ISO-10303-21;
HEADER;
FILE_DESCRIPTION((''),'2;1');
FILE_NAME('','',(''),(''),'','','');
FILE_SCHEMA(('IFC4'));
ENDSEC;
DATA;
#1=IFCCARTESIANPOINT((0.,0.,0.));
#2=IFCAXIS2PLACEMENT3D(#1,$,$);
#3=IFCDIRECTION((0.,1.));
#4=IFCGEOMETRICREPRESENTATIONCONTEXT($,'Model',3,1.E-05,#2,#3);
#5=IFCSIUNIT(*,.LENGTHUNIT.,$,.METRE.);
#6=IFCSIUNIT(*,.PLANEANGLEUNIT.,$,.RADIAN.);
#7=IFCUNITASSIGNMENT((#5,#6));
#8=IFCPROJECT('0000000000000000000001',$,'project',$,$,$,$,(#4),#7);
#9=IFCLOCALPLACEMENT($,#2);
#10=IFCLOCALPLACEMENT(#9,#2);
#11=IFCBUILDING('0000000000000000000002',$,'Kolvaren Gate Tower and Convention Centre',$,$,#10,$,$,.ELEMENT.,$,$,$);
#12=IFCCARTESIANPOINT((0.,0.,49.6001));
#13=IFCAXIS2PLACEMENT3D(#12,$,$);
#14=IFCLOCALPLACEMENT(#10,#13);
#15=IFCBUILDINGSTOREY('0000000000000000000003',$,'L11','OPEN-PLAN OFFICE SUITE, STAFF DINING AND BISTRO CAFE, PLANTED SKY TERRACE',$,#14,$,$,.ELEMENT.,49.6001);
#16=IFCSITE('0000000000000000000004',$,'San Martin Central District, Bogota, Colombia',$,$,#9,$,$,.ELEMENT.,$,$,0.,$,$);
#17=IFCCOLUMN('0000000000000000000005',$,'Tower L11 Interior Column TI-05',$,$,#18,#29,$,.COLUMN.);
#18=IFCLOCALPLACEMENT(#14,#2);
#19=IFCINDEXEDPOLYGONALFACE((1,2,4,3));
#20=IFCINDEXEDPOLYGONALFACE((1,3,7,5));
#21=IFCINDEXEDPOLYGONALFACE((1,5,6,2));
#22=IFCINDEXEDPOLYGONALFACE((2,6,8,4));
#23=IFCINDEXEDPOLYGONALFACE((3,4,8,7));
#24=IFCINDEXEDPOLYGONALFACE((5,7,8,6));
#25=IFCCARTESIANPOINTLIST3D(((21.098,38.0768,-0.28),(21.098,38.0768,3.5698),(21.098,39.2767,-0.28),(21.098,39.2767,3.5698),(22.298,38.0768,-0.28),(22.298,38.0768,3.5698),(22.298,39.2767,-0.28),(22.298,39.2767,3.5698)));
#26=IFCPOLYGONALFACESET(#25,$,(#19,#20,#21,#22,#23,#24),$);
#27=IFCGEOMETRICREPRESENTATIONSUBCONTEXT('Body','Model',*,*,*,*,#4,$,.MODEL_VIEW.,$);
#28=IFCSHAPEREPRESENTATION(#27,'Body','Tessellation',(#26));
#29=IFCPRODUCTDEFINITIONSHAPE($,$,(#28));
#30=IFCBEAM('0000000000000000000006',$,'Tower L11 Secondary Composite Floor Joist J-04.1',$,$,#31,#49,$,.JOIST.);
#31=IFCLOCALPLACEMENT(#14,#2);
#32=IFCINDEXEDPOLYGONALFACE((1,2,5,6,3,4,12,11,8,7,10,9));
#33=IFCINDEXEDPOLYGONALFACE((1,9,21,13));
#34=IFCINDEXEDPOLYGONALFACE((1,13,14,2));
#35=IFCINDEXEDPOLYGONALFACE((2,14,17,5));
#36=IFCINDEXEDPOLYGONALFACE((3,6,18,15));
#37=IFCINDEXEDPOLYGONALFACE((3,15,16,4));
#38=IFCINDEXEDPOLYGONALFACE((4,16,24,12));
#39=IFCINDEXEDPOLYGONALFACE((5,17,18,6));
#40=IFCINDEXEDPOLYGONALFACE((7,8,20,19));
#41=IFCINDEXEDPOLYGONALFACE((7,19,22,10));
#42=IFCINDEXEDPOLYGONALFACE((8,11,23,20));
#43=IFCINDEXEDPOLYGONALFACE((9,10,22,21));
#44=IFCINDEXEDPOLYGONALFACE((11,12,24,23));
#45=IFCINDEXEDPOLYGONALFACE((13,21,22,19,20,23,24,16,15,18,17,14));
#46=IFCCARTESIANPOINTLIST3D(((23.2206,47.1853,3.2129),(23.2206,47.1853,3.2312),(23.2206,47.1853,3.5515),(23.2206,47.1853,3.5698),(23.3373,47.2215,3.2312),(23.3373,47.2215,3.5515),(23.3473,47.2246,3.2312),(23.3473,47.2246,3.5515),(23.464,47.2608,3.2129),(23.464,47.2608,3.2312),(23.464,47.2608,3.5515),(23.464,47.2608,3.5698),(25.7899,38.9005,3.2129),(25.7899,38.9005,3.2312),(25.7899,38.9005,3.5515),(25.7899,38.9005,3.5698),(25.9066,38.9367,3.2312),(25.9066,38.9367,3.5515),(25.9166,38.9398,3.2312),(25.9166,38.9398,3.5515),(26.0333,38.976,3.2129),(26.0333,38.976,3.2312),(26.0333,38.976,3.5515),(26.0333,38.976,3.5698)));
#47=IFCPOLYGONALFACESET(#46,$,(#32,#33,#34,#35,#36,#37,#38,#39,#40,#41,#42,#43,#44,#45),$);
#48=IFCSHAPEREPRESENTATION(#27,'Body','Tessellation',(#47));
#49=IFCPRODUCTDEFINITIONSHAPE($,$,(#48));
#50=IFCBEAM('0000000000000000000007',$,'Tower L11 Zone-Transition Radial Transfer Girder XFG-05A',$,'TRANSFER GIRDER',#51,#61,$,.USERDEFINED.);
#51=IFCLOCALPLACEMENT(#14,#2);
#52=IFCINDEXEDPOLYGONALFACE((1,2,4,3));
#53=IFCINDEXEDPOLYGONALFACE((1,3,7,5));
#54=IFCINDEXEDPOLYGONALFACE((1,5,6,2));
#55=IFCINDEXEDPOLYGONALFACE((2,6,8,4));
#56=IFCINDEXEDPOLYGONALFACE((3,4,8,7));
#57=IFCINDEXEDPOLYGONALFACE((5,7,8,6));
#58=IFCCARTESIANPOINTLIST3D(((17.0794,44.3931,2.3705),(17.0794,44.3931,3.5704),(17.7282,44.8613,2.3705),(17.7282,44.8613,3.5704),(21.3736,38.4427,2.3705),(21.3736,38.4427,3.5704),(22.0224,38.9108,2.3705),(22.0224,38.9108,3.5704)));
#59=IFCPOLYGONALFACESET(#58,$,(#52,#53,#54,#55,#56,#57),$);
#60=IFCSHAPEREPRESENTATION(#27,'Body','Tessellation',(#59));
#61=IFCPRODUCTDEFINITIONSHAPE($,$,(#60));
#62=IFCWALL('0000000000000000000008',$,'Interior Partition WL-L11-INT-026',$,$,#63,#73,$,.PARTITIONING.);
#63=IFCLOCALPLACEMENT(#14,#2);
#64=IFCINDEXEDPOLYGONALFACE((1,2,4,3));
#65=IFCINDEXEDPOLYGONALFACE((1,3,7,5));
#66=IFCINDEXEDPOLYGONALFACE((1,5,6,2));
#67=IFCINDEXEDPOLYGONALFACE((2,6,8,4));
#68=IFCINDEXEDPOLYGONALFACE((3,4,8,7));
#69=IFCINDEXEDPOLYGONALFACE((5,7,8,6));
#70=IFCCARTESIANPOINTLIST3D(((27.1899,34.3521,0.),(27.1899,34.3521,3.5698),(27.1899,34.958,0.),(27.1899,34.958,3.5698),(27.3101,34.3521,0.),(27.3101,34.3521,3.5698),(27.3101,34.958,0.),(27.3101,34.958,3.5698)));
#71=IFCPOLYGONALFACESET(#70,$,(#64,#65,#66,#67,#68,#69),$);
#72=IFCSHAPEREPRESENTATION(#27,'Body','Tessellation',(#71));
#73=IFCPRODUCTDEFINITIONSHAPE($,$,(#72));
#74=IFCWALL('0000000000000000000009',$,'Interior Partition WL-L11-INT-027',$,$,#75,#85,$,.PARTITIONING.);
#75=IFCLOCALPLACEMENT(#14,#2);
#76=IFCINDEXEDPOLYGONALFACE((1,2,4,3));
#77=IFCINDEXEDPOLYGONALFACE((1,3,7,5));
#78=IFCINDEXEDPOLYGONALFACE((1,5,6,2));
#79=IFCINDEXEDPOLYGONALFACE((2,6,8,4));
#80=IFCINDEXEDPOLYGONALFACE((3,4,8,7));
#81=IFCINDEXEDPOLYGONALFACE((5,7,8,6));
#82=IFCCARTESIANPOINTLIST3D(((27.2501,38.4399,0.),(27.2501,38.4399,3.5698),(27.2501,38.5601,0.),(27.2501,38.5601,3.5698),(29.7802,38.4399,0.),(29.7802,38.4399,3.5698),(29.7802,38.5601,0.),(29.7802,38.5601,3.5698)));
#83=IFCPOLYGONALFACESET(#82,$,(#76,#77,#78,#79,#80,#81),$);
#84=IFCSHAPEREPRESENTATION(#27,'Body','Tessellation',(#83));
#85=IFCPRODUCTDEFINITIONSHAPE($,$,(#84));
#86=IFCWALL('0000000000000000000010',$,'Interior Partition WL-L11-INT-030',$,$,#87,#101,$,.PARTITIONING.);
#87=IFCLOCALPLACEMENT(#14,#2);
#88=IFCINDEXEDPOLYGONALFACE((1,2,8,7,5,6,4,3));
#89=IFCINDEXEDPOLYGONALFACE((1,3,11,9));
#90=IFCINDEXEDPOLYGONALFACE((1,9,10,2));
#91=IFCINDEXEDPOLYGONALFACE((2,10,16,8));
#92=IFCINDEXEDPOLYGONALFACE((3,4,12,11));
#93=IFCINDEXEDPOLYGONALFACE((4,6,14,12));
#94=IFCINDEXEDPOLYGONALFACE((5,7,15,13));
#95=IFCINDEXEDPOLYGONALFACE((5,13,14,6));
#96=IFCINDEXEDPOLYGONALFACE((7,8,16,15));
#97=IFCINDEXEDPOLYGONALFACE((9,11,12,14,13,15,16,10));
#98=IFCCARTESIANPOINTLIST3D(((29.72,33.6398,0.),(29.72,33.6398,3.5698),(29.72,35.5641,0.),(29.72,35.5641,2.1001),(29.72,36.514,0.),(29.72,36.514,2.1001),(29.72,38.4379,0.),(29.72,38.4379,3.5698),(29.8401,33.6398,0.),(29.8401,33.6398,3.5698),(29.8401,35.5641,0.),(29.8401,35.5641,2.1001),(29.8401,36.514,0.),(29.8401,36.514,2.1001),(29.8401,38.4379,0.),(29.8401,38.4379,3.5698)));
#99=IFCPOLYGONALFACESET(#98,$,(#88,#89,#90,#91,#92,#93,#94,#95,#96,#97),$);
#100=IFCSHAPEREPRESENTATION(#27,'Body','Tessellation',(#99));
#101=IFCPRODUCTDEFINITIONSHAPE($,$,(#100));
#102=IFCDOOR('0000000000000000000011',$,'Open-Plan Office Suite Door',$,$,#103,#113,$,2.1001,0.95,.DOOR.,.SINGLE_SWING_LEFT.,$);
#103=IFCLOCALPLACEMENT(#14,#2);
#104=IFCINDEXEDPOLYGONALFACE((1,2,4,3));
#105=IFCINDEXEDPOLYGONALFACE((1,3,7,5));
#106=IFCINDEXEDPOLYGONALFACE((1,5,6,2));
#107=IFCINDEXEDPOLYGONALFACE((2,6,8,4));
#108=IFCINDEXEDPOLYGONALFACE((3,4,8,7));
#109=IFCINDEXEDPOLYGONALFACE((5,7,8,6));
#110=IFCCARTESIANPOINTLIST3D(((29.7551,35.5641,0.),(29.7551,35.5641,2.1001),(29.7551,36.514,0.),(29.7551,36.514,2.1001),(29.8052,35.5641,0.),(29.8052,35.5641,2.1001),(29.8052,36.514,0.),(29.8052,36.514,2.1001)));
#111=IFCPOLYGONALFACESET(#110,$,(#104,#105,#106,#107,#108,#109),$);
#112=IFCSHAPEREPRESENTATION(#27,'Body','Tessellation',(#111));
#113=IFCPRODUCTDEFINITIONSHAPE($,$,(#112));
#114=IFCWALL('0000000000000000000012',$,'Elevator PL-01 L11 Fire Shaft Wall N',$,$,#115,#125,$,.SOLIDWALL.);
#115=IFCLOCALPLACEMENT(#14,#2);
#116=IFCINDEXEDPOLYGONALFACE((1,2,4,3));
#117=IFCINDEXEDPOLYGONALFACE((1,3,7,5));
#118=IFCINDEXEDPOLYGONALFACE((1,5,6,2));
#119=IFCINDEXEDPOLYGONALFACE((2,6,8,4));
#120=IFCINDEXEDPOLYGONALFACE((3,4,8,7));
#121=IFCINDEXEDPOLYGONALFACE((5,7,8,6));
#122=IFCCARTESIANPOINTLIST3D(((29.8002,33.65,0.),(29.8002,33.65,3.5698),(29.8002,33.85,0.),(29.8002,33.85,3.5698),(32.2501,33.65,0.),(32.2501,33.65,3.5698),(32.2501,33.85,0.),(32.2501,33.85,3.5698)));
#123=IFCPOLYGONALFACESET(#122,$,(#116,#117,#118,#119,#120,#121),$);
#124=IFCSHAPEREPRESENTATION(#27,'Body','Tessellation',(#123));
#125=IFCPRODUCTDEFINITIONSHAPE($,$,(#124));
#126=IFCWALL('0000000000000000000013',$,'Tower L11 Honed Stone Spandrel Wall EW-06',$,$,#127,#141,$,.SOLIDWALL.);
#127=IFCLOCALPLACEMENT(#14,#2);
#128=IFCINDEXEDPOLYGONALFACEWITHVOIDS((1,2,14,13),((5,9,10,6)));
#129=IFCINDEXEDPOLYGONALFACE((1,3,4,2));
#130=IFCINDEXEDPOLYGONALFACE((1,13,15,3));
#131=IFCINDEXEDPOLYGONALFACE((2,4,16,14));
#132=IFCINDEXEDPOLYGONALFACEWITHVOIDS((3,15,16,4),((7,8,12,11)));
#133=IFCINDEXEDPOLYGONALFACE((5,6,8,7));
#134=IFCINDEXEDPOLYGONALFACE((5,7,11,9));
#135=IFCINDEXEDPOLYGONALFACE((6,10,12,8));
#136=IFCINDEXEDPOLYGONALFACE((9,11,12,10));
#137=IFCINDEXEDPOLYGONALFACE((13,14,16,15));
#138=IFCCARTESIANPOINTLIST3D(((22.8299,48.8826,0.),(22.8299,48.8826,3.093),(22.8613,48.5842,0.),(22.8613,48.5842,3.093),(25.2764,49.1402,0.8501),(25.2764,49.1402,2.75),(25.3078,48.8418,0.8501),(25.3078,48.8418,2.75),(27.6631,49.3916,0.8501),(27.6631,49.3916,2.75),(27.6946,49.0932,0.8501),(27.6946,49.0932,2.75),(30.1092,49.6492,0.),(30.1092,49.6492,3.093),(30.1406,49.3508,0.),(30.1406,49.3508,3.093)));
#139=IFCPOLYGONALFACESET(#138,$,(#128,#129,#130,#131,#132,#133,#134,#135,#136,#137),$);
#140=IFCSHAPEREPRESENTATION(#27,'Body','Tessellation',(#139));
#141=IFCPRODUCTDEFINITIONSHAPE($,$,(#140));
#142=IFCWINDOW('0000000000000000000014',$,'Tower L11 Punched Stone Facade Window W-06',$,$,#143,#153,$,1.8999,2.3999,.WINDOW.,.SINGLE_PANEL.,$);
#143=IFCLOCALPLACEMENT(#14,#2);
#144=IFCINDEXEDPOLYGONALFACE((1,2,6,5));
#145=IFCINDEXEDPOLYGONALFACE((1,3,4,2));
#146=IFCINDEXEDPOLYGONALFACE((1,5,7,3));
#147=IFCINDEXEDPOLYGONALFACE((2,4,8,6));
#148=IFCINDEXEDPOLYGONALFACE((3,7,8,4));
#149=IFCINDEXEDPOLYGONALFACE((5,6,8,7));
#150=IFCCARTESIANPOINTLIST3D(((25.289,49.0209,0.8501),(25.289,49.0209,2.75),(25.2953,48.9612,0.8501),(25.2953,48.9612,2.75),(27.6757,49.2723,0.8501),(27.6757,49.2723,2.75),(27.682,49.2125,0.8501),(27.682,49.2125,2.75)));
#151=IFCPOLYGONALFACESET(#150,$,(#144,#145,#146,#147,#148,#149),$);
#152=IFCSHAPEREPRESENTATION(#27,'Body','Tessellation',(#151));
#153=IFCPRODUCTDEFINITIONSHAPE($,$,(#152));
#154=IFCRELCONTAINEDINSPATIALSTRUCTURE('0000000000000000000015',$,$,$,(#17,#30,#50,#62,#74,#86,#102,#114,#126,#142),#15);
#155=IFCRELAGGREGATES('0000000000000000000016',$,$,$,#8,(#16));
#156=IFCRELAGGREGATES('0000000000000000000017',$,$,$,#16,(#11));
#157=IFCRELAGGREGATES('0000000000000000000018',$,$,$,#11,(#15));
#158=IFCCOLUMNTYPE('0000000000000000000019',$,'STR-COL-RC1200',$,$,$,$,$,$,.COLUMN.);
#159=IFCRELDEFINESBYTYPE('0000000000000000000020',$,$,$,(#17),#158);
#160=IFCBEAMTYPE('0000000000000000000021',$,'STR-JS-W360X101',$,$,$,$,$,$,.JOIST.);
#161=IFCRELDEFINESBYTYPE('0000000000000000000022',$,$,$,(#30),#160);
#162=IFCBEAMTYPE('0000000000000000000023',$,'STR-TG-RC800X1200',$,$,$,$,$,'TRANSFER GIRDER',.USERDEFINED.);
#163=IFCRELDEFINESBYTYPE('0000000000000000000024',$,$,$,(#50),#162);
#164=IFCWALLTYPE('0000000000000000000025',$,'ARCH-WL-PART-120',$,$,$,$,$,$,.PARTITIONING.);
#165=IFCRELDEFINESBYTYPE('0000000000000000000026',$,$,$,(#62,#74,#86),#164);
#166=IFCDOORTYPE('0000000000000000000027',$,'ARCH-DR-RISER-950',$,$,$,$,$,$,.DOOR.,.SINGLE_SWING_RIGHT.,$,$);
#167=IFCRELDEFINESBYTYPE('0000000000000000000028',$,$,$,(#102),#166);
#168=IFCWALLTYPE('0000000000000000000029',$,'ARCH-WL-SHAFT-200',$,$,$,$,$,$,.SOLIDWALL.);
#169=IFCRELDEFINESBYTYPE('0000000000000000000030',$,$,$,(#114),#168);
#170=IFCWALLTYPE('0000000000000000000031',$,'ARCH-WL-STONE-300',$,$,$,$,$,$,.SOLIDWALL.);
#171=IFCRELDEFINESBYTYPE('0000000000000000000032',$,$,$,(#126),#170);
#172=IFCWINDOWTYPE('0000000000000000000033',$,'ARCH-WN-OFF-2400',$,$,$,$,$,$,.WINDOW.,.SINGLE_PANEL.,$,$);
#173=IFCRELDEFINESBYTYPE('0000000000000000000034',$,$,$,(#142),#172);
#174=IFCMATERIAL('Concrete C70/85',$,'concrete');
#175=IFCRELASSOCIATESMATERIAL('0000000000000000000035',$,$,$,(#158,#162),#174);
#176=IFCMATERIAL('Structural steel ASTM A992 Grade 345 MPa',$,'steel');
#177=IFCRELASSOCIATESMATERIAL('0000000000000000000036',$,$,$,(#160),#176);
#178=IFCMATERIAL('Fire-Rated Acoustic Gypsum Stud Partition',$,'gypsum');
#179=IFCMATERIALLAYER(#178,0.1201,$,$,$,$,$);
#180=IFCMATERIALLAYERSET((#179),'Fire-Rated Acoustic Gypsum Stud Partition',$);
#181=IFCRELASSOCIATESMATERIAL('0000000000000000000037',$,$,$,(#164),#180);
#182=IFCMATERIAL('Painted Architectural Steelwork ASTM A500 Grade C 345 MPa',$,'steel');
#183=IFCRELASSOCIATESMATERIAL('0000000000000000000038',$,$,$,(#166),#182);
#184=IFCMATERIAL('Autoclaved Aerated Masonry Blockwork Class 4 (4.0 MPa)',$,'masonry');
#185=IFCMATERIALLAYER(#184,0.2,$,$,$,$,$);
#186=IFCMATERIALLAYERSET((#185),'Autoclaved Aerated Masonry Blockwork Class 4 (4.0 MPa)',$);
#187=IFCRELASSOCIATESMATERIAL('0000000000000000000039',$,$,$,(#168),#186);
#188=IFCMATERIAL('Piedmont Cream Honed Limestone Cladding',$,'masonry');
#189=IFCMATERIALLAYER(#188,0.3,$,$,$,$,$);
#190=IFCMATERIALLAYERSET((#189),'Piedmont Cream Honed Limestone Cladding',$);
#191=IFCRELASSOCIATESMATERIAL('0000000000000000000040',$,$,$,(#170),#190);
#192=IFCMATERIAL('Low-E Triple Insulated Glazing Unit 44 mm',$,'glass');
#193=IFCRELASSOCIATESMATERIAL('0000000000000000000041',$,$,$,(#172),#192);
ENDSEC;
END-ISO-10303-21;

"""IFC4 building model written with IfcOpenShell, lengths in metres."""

from ifc_helpers import new_model, si_unit, direction, frame, frame_2d, origin, origin_2d, place, context, subcontext, project, spatial, rectangle, i_section, extrude, material, layer, layer_set, material_profile, profile_set, type_object, element, fill, save


model = new_model("IFC4")

# Units and contexts
model_context = context("Model", 3, precision=1e-05, world=origin(), true_north=direction((0.0, 1.0)))
body_context = subcontext(model_context, "Body", "Model", "MODEL_VIEW")
ifc_project = project(units=[si_unit("LENGTHUNIT", "METRE"), si_unit("PLANEANGLEUNIT", "RADIAN")], contexts=[model_context])

# Site, building, storey
site_placement = place(None, origin())
site = spatial("IfcSite", under=ifc_project, at=site_placement, Name="San Martin Central District, Bogota, Colombia", CompositionType="ELEMENT", RefElevation=0.0)
building_placement = place(site_placement, origin())
building = spatial("IfcBuilding", under=site, at=building_placement, Name="Kolvaren Gate Tower and Convention Centre", CompositionType="ELEMENT")
storey_placement = place(building_placement, frame((0.0, 0.0, 49.6001)))
storey = spatial("IfcBuildingStorey", under=building, at=storey_placement, Name="L11", Description="OPEN-PLAN OFFICE SUITE, STAFF DINING AND BISTRO CAFE, PLANTED SKY TERRACE", CompositionType="ELEMENT", Elevation=49.6001)

# Column
ifc_material_1 = material(Name="Concrete C70/85", Category="concrete")
ifc_material_profile_1 = material_profile(ifc_material_1, rectangle(XDim=1.2, YDim=1.2, at=origin_2d()), Name="RC-COL-1200X1200")
ifc_profile_set_1 = profile_set([ifc_material_profile_1], Name="Concrete C70/85")
column_type = type_object("IfcColumnType", Name="STR-COL-RC1200", PredefinedType="COLUMN", material=ifc_profile_set_1)
column_placement = place(storey_placement, frame((21.698, 38.6768, -0.28), z_axis=(0.0, 0.0, 1.0), x_axis=(1.0, 0.0, 0.0)))
element("IfcColumn", 1, at=column_placement, inside=storey, type_object=column_type, Name="Tower L11 Interior Column TI-05", PredefinedType="COLUMN", context=body_context, shape_type="SweptSolid", body=[
    extrude(rectangle(XDim=1.2, YDim=1.2, at=origin_2d()), origin(), (0.0, 0.0, 1.0), 3.8499),
])

# Beams
ifc_material_2 = material(Name="Structural steel ASTM A992 Grade 345 MPa", Category="steel")
ifc_material_profile_2 = material_profile(ifc_material_2, i_section(OverallWidth=0.2549, OverallDepth=0.3569, WebThickness=0.0105, FlangeThickness=0.0183, at=origin_2d()), Name="W360X101")
ifc_profile_set_2 = profile_set([ifc_material_profile_2], Name="Structural steel ASTM A992 Grade 345 MPa")
beam_type_1 = type_object("IfcBeamType", Name="STR-JS-W360X101", PredefinedType="JOIST", material=ifc_profile_set_2)
beam_1_placement = place(storey_placement, frame((25.9116, 38.9382, 3.3914), z_axis=(-0.296205, 0.955124, 0.0), x_axis=(-0.955124, -0.296205, 0.0)))
element("IfcBeam", 2, at=beam_1_placement, inside=storey, type_object=beam_type_1, Name="Tower L11 Secondary Composite Floor Joist J-04.1", PredefinedType="JOIST", context=body_context, shape_type="SweptSolid", body=[
    extrude(i_section(OverallWidth=0.2549, OverallDepth=0.3569, WebThickness=0.0105, FlangeThickness=0.0183, at=origin_2d()), origin(), (0.0, 0.0, 1.0), 8.6741),
])
ifc_material_profile_3 = material_profile(ifc_material_1, rectangle(XDim=0.8, YDim=1.2, at=origin_2d()), Name="RC-BM-800X1200")
ifc_profile_set_3 = profile_set([ifc_material_profile_3], Name="Concrete C70/85")
beam_type_2 = type_object("IfcBeamType", Name="STR-TG-RC800X1200", ElementType="TRANSFER GIRDER", PredefinedType="USERDEFINED", material=ifc_profile_set_3)
beam_2_placement = place(storey_placement, frame((21.698, 38.6768, 2.9705), z_axis=(-0.58519, 0.810896, 0.0), x_axis=(-0.810896, -0.58519, 0.0)))
element("IfcBeam", 3, at=beam_2_placement, inside=storey, type_object=beam_type_2, Name="Tower L11 Zone-Transition Radial Transfer Girder XFG-05A", ObjectType="TRANSFER GIRDER", PredefinedType="USERDEFINED", context=body_context, shape_type="SweptSolid", body=[
    extrude(rectangle(XDim=0.8, YDim=1.2, at=origin_2d()), origin(), (0.0, 0.0, 1.0), 7.3381),
])

# Walls
ifc_material_3 = material(Name="Fire-Rated Acoustic Gypsum Stud Partition", Category="gypsum")
ifc_layer_1 = layer(ifc_material_3, 0.1201)
ifc_layer_set_1 = layer_set([ifc_layer_1], Name="Fire-Rated Acoustic Gypsum Stud Partition")
wall_type_1 = type_object("IfcWallType", Name="ARCH-WL-PART-120", PredefinedType="PARTITIONING", material=ifc_layer_set_1)
wall_1_placement = place(storey_placement, frame((27.25, 34.3521, 0.0), z_axis=(0.0, 0.0, 1.0), x_axis=(0.0, 1.0, 0.0)))
element("IfcWall", 4, at=wall_1_placement, inside=storey, type_object=wall_type_1, Name="Interior Partition WL-L11-INT-026", PredefinedType="PARTITIONING", context=body_context, shape_type="SweptSolid", body=[
    extrude(rectangle(XDim=0.606, YDim=0.1201, at=frame_2d((0.303, 0.0))), origin(), (0.0, 0.0, 1.0), 3.5698),
])
wall_2_placement = place(storey_placement, frame((27.25, 38.5, 0.0), z_axis=(0.0, 0.0, 1.0), x_axis=(1.0, 0.0, 0.0)))
element("IfcWall", 5, at=wall_2_placement, inside=storey, type_object=wall_type_1, Name="Interior Partition WL-L11-INT-027", PredefinedType="PARTITIONING", context=body_context, shape_type="SweptSolid", body=[
    extrude(rectangle(XDim=2.53, YDim=0.1201, at=frame_2d((1.2651, 0.0))), origin(), (0.0, 0.0, 1.0), 3.5698),
])

# Wall, opening, door
wall_3_placement = place(storey_placement, frame((29.78, 33.6399, 0.0), z_axis=(0.0, 0.0, 1.0), x_axis=(0.0, 1.0, 0.0)))
wall_3 = element("IfcWall", 6, at=wall_3_placement, inside=storey, type_object=wall_type_1, Name="Interior Partition WL-L11-INT-030", PredefinedType="PARTITIONING", context=body_context, shape_type="SweptSolid", body=[
    extrude(rectangle(XDim=4.7981, YDim=0.1201, at=frame_2d((2.3989, 0.0))), origin(), (0.0, 0.0, 1.0), 3.5698),
])
opening_1_placement = place(wall_3_placement, frame((1.9241, 0.0, 0.0)))
opening_1 = element("IfcOpeningElement", 7, at=opening_1_placement, cuts=wall_3, PredefinedType="OPENING", context=body_context, shape_type="SweptSolid", body=[
    extrude(rectangle(XDim=0.95, YDim=2.1001, at=frame_2d((0.4751, 1.05))), frame((0.0, 0.0701, 0.0), z_axis=(0.0, -1.0, 0.0), x_axis=(1.0, 0.0, 0.0)), (0.0, 0.0, 1.0), 0.1401),
])
ifc_material_4 = material(Name="Painted Architectural Steelwork ASTM A500 Grade C 345 MPa", Category="steel")
door_type_1 = type_object("IfcDoorType", Name="ARCH-DR-RISER-950", OperationType="SINGLE_SWING_RIGHT", PredefinedType="DOOR", material=ifc_material_4)
door_1_placement = place(opening_1_placement, origin())
door_1 = element("IfcDoor", 8, at=door_1_placement, inside=storey, type_object=door_type_1, Name="Open-Plan Office Suite Door", OperationType="SINGLE_SWING_LEFT", OverallHeight=2.1001, OverallWidth=0.95, PredefinedType="DOOR", context=body_context, shape_type="SweptSolid", body=[
    extrude(rectangle(XDim=0.95, YDim=2.1001, at=frame_2d((0.4751, 1.05))), frame((0.0, 0.0249, 0.0), z_axis=(0.0, -1.0, 0.0), x_axis=(1.0, 0.0, 0.0)), (0.0, 0.0, 1.0), 0.05),
])
fill(opening_1, door_1)

# Wall
ifc_material_5 = material(Name="Autoclaved Aerated Masonry Blockwork Class 4 (4.0 MPa)", Category="masonry")
ifc_layer_2 = layer(ifc_material_5, 0.2)
ifc_layer_set_2 = layer_set([ifc_layer_2], Name="Autoclaved Aerated Masonry Blockwork Class 4 (4.0 MPa)")
wall_type_2 = type_object("IfcWallType", Name="ARCH-WL-SHAFT-200", PredefinedType="SOLIDWALL", material=ifc_layer_set_2)
wall_4_placement = place(storey_placement, frame((29.8, 33.75, 0.0), z_axis=(0.0, 0.0, 1.0), x_axis=(1.0, 0.0, 0.0)))
element("IfcWall", 9, at=wall_4_placement, inside=storey, type_object=wall_type_2, Name="Elevator PL-01 L11 Fire Shaft Wall N", PredefinedType="SOLIDWALL", context=body_context, shape_type="SweptSolid", body=[
    extrude(rectangle(XDim=2.45, YDim=0.2, at=frame_2d((1.2251, 0.0))), origin(), (0.0, 0.0, 1.0), 3.5698),
])

# Wall, opening, window
ifc_material_6 = material(Name="Piedmont Cream Honed Limestone Cladding", Category="masonry")
ifc_layer_3 = layer(ifc_material_6, 0.3)
ifc_layer_set_3 = layer_set([ifc_layer_3], Name="Piedmont Cream Honed Limestone Cladding")
wall_type_3 = type_object("IfcWallType", Name="ARCH-WL-STONE-300", PredefinedType="SOLIDWALL", material=ifc_layer_set_3)
wall_5_placement = place(storey_placement, frame((22.8457, 48.7334, 0.0), z_axis=(0.0, 0.0, 1.0), x_axis=(0.9945, 0.104733, 0.0)))
wall_5 = element("IfcWall", 10, at=wall_5_placement, inside=storey, type_object=wall_type_3, Name="Tower L11 Honed Stone Spandrel Wall EW-06", PredefinedType="SOLIDWALL", context=body_context, shape_type="SweptSolid", body=[
    extrude(rectangle(XDim=7.3196, YDim=0.3, at=frame_2d((3.6597, 0.0))), origin(), (0.0, 0.0, 1.0), 3.093),
])
opening_2_placement = place(wall_5_placement, frame((2.46, 0.0, 0.8501)))
opening_2 = element("IfcOpeningElement", 11, at=opening_2_placement, cuts=wall_5, PredefinedType="OPENING", context=body_context, shape_type="SweptSolid", body=[
    extrude(rectangle(XDim=2.3999, YDim=1.8999, at=frame_2d((1.2, 0.95))), frame((0.0, 0.1599, 0.0), z_axis=(0.0, -1.0, 0.0), x_axis=(1.0, 0.0, 0.0)), (0.0, 0.0, 1.0), 0.3201),
])
ifc_material_7 = material(Name="Low-E Triple Insulated Glazing Unit 44 mm", Category="glass")
window_type = type_object("IfcWindowType", Name="ARCH-WN-OFF-2400", PartitioningType="SINGLE_PANEL", PredefinedType="WINDOW", material=ifc_material_7)
window_placement = place(opening_2_placement, origin())
window = element("IfcWindow", 12, at=window_placement, inside=storey, type_object=window_type, Name="Tower L11 Punched Stone Facade Window W-06", OverallHeight=1.8999, OverallWidth=2.3999, PartitioningType="SINGLE_PANEL", PredefinedType="WINDOW", context=body_context, shape_type="SweptSolid", body=[
    extrude(rectangle(XDim=2.3999, YDim=1.8999, at=frame_2d((1.2, 0.95))), frame((0.0, 0.03, 0.0), z_axis=(0.0, -1.0, 0.0), x_axis=(1.0, 0.0, 0.0)), (0.0, 0.0, 1.0), 0.0601),
])
fill(opening_2, window)

save(model, "model.ifc")
